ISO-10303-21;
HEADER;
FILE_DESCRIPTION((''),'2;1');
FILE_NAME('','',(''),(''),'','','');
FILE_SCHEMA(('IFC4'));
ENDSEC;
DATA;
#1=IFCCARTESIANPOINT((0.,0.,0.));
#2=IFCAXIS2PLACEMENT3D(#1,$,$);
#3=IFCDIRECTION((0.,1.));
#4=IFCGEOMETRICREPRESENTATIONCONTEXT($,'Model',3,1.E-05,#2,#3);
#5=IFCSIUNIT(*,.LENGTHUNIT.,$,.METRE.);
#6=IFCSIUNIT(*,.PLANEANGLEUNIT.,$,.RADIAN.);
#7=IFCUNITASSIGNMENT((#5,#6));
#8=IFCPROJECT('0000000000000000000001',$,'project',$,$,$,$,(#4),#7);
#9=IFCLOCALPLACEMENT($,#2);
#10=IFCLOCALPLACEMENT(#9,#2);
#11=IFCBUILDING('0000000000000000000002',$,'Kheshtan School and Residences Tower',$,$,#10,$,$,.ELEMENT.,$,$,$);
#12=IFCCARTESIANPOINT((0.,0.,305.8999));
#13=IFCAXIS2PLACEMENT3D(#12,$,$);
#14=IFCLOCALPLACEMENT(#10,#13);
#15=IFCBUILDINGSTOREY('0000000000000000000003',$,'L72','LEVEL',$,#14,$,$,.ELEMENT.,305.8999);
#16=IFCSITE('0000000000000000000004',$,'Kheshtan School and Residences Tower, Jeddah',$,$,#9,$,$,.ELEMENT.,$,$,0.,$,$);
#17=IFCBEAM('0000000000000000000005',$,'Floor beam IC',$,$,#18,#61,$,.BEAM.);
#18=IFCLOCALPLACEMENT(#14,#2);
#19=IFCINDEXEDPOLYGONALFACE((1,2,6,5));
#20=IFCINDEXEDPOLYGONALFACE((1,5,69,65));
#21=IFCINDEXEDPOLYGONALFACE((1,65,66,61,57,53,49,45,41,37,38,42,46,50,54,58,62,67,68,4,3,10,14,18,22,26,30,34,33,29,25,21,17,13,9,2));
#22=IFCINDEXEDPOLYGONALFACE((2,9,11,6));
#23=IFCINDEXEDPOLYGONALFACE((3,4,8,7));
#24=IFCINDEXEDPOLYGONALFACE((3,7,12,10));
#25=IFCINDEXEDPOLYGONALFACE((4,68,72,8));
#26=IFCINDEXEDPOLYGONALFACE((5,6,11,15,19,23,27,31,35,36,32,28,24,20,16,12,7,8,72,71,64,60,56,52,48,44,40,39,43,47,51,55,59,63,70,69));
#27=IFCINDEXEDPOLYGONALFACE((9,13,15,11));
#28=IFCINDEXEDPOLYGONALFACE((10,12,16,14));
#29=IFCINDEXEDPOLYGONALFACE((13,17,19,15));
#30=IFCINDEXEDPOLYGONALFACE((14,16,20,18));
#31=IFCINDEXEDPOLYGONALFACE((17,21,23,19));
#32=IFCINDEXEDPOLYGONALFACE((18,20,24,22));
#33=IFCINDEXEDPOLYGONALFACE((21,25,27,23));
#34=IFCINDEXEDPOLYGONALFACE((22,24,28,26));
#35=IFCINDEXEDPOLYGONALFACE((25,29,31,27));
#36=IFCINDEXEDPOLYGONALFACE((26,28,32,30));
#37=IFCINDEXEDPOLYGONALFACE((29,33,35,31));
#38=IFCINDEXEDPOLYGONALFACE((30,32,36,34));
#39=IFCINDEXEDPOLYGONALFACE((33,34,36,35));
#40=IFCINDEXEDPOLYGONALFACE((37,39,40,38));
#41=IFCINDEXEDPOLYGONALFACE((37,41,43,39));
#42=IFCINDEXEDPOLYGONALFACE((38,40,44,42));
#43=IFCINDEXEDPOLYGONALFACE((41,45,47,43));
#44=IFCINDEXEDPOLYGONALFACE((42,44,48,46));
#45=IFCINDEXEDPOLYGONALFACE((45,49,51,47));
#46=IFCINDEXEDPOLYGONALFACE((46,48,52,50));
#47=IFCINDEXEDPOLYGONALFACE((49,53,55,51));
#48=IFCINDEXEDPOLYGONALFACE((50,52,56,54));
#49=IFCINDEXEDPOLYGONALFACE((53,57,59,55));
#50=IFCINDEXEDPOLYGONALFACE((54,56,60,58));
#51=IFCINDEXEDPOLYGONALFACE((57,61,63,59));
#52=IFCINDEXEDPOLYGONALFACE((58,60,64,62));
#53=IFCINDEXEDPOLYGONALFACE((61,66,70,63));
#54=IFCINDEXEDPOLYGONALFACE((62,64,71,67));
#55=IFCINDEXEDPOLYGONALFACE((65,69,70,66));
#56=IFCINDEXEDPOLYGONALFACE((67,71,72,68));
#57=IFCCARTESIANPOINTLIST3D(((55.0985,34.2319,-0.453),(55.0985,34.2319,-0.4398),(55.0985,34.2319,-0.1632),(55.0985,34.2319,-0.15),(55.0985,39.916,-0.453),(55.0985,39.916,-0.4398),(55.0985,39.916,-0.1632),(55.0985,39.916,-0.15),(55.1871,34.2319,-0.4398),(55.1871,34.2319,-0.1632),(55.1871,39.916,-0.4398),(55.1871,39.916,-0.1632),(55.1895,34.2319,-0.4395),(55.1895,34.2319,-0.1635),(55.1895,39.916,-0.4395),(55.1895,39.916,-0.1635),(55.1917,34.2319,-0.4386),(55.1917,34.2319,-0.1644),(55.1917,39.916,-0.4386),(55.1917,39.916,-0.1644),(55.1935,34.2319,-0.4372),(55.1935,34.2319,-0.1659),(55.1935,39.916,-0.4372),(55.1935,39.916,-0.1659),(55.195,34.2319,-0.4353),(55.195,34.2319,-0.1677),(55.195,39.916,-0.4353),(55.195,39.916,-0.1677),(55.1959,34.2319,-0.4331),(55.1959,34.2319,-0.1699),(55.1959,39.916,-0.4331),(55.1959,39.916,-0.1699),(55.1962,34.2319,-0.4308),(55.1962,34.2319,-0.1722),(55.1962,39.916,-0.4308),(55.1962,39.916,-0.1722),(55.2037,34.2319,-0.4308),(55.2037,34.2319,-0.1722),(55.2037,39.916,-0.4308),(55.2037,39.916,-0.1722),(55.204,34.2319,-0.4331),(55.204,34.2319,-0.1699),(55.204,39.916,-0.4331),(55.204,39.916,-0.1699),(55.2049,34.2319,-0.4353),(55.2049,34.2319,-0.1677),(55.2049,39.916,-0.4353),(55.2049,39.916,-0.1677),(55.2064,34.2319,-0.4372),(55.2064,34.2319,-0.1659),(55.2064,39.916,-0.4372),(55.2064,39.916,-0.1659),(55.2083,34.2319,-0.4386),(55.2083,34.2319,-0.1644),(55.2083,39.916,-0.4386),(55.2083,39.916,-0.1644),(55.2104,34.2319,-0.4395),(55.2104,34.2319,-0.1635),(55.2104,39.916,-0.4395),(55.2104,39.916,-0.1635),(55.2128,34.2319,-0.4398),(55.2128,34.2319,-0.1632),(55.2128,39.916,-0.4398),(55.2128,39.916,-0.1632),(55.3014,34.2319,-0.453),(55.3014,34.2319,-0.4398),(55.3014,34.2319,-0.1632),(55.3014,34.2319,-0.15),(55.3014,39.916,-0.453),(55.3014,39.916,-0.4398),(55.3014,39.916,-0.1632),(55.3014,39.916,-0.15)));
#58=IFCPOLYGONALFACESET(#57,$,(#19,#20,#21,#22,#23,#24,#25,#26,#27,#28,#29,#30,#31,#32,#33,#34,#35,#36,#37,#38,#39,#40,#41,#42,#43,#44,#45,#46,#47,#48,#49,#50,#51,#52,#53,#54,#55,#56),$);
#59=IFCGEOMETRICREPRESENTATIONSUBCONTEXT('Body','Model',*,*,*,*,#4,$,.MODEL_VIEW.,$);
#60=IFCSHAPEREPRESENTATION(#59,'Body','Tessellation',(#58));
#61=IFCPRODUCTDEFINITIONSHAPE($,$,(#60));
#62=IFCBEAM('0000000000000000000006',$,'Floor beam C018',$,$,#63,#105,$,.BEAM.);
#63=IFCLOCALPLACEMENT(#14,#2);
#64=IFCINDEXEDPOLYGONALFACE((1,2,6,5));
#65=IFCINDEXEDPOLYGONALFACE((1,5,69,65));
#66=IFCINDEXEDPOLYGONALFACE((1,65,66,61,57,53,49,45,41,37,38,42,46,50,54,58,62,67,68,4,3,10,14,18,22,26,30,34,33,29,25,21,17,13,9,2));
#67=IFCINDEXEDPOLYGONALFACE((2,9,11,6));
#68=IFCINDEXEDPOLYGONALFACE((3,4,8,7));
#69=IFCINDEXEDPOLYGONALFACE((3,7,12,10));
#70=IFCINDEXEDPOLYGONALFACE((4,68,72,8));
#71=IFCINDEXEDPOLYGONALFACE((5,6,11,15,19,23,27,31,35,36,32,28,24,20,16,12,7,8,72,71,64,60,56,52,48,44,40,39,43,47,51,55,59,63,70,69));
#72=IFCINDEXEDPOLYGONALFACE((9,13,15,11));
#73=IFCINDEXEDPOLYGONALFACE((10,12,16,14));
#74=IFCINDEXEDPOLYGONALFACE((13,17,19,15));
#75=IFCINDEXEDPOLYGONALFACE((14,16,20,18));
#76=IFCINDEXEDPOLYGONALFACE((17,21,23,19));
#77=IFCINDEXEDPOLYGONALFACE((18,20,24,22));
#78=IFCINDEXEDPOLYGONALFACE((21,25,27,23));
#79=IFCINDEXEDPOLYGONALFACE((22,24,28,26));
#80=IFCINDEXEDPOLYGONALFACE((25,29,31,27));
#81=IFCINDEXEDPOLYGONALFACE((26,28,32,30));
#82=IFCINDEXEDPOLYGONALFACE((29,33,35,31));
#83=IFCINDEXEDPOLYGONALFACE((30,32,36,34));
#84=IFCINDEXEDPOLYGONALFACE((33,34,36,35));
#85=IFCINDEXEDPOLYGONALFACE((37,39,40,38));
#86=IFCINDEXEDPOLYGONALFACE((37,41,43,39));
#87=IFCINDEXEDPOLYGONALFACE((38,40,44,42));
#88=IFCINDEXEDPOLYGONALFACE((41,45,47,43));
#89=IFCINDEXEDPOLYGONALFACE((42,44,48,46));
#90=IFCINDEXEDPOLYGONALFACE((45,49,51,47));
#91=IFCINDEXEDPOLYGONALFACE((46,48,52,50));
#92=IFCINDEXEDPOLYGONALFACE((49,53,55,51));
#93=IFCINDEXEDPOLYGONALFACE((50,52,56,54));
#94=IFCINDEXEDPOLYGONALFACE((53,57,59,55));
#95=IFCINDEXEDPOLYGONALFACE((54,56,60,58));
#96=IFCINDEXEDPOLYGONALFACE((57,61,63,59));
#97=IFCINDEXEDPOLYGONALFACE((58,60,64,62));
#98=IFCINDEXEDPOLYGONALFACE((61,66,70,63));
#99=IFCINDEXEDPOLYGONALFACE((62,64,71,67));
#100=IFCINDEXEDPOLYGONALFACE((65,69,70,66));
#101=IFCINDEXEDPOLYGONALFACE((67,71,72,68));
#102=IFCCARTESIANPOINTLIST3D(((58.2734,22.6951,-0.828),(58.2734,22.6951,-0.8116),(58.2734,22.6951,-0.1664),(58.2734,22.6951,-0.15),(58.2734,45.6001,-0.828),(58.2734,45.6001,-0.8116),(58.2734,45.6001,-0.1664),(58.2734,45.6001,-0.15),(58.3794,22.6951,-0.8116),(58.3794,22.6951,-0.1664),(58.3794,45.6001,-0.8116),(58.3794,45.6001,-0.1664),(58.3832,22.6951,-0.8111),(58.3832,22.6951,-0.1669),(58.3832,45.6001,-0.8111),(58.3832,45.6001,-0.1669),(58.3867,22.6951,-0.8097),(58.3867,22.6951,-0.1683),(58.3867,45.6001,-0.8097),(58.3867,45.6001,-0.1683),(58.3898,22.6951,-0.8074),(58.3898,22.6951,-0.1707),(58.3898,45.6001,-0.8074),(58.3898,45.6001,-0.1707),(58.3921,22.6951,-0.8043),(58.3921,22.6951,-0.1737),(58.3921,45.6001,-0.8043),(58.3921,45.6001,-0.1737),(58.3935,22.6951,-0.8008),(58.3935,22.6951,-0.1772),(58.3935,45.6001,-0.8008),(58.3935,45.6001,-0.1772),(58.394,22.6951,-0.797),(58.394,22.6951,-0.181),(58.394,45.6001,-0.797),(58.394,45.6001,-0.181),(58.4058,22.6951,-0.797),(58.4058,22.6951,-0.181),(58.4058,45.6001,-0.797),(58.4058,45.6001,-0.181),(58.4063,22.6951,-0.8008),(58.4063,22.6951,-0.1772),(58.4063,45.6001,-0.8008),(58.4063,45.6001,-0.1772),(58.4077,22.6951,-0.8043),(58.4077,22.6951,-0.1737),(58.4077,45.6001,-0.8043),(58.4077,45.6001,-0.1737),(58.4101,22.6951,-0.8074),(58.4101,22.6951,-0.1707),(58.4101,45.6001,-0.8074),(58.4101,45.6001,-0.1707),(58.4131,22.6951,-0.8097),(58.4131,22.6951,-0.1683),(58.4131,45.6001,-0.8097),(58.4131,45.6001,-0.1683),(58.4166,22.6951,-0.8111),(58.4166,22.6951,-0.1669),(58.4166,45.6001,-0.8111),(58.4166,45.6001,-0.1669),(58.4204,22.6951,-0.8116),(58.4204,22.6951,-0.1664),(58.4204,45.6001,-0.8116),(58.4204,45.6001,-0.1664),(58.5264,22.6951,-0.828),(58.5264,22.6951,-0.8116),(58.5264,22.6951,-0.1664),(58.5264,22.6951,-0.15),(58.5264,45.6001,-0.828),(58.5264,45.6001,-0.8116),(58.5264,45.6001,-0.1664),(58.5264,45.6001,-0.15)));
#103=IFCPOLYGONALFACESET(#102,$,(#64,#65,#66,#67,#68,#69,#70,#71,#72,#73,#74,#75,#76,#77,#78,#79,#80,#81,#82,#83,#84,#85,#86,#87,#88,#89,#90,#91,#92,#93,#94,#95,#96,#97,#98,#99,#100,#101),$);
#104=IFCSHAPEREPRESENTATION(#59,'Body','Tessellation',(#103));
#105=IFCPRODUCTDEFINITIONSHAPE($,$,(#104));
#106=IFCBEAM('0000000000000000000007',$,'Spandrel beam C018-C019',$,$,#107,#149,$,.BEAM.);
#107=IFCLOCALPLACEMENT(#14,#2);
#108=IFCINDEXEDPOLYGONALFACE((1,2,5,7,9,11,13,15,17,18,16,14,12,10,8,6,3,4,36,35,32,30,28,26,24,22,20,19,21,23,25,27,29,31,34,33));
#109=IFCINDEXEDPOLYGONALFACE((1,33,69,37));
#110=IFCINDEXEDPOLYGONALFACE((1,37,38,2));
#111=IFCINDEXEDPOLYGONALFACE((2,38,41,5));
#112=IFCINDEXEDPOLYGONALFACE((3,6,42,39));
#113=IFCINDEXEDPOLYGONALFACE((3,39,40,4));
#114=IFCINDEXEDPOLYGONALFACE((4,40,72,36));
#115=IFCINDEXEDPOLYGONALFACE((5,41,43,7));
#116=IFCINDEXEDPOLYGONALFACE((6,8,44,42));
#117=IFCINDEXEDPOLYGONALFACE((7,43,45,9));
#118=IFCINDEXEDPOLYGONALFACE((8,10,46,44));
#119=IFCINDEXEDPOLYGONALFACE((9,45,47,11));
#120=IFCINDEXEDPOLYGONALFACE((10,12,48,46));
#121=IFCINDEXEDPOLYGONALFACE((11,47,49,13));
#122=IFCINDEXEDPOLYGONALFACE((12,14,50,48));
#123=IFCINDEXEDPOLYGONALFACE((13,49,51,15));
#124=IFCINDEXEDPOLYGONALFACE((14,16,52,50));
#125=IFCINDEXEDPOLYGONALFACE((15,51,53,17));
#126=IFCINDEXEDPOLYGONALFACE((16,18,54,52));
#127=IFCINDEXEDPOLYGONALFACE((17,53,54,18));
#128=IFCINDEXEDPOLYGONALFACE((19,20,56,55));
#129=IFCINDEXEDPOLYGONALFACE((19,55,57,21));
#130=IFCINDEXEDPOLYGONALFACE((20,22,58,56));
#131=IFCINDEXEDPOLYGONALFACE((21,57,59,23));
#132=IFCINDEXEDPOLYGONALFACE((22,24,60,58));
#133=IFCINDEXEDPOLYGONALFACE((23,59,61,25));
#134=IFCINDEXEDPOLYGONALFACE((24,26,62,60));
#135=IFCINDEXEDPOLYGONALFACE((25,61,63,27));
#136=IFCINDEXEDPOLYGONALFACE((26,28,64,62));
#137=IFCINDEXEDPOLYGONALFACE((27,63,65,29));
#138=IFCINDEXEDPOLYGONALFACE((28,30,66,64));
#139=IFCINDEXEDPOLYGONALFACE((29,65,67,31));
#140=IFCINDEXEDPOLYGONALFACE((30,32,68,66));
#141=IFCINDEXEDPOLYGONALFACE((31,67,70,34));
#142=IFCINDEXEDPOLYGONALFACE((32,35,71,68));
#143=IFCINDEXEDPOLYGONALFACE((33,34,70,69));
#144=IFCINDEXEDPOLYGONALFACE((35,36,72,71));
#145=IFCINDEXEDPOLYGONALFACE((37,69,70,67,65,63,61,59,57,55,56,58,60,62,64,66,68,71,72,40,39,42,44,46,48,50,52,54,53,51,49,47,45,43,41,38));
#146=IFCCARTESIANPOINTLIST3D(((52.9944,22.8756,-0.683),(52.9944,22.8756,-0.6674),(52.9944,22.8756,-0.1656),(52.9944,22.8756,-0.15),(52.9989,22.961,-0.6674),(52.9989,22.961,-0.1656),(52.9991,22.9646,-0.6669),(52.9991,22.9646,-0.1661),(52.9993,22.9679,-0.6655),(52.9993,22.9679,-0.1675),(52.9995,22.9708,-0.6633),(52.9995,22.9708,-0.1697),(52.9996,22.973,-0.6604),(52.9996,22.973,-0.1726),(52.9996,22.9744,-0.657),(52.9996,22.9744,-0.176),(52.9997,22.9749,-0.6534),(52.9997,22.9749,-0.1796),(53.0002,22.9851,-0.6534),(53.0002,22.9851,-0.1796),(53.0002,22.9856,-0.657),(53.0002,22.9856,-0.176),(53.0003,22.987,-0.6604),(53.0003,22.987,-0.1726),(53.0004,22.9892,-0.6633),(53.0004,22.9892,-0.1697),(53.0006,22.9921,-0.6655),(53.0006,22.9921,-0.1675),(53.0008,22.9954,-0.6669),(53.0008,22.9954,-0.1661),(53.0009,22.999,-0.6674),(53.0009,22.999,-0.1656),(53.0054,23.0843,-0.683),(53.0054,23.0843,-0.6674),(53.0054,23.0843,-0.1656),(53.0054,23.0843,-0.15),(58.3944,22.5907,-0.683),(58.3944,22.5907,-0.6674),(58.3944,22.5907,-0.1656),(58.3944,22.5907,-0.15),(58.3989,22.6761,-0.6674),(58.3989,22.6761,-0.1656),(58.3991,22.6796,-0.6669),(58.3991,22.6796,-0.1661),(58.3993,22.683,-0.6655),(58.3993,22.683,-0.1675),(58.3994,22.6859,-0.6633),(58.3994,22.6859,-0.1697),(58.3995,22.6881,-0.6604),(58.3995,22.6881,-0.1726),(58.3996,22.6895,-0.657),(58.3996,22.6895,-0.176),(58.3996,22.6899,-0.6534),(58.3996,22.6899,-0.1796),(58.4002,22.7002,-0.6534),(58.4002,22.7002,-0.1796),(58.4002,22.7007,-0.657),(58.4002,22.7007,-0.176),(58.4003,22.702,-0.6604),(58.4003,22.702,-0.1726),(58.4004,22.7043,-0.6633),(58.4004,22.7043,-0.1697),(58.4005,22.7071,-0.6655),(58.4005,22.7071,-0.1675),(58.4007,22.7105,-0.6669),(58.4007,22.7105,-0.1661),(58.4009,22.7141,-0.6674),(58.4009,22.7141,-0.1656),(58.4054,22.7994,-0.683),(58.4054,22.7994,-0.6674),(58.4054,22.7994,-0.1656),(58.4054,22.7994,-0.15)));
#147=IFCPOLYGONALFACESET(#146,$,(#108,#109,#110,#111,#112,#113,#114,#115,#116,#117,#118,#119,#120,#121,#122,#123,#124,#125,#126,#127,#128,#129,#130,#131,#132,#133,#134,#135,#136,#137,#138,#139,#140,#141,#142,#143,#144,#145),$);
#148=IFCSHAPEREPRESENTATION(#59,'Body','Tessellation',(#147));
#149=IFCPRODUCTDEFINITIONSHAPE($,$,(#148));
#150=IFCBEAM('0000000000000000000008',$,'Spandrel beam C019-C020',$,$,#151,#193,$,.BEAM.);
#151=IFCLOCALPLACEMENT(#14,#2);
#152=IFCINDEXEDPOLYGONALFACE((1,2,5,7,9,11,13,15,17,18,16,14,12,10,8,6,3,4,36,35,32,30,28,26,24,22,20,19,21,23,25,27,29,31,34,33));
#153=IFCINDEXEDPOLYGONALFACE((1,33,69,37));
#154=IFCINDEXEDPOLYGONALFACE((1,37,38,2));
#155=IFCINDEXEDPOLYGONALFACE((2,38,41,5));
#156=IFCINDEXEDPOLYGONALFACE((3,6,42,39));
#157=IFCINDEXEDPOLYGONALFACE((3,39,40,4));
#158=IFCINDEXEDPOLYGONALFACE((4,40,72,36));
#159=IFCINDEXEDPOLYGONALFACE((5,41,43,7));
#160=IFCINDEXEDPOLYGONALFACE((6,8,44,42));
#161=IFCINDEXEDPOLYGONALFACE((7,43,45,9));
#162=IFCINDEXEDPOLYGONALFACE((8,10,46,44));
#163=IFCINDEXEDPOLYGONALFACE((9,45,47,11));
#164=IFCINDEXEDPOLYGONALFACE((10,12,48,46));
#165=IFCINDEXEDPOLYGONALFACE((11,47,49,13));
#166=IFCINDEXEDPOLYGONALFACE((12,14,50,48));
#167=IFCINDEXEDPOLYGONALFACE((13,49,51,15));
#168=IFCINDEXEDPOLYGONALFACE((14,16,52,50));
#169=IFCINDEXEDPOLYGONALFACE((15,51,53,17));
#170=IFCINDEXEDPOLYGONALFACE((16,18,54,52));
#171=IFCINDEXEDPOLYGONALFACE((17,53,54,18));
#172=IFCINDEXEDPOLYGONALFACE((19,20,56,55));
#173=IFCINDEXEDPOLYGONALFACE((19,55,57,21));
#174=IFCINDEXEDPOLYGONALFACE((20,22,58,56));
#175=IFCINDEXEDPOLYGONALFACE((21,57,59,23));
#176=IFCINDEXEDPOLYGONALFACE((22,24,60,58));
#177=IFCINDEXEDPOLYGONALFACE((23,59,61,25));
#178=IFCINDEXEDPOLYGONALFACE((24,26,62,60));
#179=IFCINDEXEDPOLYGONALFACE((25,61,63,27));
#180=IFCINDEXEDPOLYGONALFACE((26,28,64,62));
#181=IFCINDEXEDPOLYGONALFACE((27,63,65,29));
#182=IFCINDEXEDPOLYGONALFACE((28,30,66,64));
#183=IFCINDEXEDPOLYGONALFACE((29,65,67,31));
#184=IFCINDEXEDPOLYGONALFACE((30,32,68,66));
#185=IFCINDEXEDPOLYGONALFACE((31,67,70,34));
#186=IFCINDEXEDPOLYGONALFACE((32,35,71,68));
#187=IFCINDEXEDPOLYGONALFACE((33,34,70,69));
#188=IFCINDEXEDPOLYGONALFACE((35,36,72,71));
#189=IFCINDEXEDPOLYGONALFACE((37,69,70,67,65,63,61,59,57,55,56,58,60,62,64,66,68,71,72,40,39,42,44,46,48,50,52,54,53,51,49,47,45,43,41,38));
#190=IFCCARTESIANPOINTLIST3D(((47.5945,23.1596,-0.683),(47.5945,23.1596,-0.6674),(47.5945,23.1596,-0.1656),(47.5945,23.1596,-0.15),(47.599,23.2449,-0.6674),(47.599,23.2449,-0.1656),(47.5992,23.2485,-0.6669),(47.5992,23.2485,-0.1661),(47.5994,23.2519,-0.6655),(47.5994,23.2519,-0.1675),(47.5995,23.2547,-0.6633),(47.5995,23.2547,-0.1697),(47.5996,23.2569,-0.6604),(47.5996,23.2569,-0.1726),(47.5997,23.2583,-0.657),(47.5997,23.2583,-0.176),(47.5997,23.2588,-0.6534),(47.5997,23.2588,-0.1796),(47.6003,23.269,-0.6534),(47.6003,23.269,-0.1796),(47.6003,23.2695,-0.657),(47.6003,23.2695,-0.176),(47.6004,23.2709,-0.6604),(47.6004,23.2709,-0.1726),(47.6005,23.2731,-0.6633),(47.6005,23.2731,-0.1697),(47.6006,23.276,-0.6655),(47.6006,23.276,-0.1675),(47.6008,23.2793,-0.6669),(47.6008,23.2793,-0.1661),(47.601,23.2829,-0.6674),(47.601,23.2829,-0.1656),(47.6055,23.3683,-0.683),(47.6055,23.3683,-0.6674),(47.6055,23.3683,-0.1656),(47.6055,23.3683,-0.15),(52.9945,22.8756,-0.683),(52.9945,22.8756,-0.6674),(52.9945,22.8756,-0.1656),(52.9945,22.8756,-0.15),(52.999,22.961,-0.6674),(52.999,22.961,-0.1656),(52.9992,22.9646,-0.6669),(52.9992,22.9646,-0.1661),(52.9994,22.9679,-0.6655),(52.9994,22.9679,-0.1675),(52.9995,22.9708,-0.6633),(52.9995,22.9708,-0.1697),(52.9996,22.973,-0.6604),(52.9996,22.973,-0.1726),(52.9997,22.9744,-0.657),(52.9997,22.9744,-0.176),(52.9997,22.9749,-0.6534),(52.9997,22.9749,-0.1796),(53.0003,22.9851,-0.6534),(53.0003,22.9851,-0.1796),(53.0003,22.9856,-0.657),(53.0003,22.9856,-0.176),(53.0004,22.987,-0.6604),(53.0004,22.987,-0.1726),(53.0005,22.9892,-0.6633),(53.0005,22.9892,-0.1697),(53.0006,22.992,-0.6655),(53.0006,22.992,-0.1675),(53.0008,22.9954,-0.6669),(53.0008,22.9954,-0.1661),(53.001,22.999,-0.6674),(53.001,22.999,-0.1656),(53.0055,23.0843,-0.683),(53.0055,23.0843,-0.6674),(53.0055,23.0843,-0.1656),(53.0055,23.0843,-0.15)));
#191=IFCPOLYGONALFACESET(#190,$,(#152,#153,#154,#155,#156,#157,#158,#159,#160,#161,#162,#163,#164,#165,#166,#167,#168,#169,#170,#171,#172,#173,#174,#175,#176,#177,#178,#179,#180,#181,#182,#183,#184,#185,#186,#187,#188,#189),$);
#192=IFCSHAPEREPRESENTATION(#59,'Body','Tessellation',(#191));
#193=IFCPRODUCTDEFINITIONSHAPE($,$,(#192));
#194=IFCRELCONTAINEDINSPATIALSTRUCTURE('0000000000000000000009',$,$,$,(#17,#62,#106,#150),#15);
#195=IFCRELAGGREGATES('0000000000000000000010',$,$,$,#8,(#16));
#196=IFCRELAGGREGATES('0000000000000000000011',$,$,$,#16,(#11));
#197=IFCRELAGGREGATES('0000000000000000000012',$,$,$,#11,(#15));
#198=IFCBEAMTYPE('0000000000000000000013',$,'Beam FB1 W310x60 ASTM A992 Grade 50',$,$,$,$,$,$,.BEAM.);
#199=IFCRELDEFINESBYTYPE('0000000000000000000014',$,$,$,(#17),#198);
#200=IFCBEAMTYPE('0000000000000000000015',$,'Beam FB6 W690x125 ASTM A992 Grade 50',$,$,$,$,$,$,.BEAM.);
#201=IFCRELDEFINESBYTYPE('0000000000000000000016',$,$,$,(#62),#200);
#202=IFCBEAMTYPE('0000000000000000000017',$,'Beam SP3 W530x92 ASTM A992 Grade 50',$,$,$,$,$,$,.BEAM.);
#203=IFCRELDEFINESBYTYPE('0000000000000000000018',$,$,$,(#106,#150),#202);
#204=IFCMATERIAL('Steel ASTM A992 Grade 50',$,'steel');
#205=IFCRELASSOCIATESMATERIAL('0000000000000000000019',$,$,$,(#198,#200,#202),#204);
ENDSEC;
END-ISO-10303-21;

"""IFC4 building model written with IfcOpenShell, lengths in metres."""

from ifc_helpers import new_model, si_unit, direction, frame, origin, origin_2d, place, context, subcontext, project, spatial, i_section, extrude, material, material_profile, profile_set, type_object, element, save


model = new_model("IFC4")

# Units and contexts
model_context = context("Model", 3, precision=1e-05, world=origin(), true_north=direction((0.0, 1.0)))
body_context = subcontext(model_context, "Body", "Model", "MODEL_VIEW")
ifc_project = project(units=[si_unit("LENGTHUNIT", "METRE"), si_unit("PLANEANGLEUNIT", "RADIAN")], contexts=[model_context])

# Site, building, storey
site_placement = place(None, origin())
site = spatial("IfcSite", under=ifc_project, at=site_placement, Name="Kheshtan School and Residences Tower, Jeddah", CompositionType="ELEMENT", RefElevation=0.0)
building_placement = place(site_placement, origin())
building = spatial("IfcBuilding", under=site, at=building_placement, Name="Kheshtan School and Residences Tower", CompositionType="ELEMENT")
storey_placement = place(building_placement, frame((0.0, 0.0, 305.8999)))
storey = spatial("IfcBuildingStorey", under=building, at=storey_placement, Name="L72", Description="LEVEL", CompositionType="ELEMENT", Elevation=305.8999)

# Shared definitions
ifc_material_1 = material(Name="Steel ASTM A992 Grade 50", Category="steel")

# Beams
ifc_material_profile_1 = material_profile(ifc_material_1, i_section(OverallWidth=0.2029, OverallDepth=0.303, WebThickness=0.0076, FlangeThickness=0.0132, FilletRadius=0.009, at=origin_2d()), Name="W310x60")
ifc_profile_set_1 = profile_set([ifc_material_profile_1], Name="Steel ASTM A992 Grade 50")
beam_type_1 = type_object("IfcBeamType", Name="Beam FB1 W310x60 ASTM A992 Grade 50", PredefinedType="BEAM", material=ifc_profile_set_1)
beam_1_placement = place(storey_placement, frame((55.2, 34.2319, -0.3015), z_axis=(0.0, 1.0, 0.0), x_axis=(-1.0, 0.0, 0.0)))
element("IfcBeam", 1, at=beam_1_placement, inside=storey, type_object=beam_type_1, Name="Floor beam IC", PredefinedType="BEAM", context=body_context, shape_type="SweptSolid", body=[
    extrude(i_section(OverallWidth=0.2029, OverallDepth=0.303, WebThickness=0.0076, FlangeThickness=0.0132, FilletRadius=0.009, at=origin_2d()), origin(), (0.0, 0.0, 1.0), 5.6841),
])
ifc_material_profile_2 = material_profile(ifc_material_1, i_section(OverallWidth=0.2529, OverallDepth=0.678, WebThickness=0.0117, FlangeThickness=0.0164, FilletRadius=0.0146, at=origin_2d()), Name="W690x125")
ifc_profile_set_2 = profile_set([ifc_material_profile_2], Name="Steel ASTM A992 Grade 50")
beam_type_2 = type_object("IfcBeamType", Name="Beam FB6 W690x125 ASTM A992 Grade 50", PredefinedType="BEAM", material=ifc_profile_set_2)
beam_2_placement = place(storey_placement, frame((58.3999, 22.6951, -0.489), z_axis=(0.0, 1.0, 0.0), x_axis=(-1.0, 0.0, 0.0)))
element("IfcBeam", 2, at=beam_2_placement, inside=storey, type_object=beam_type_2, Name="Floor beam C018", PredefinedType="BEAM", context=body_context, shape_type="SweptSolid", body=[
    extrude(i_section(OverallWidth=0.2529, OverallDepth=0.678, WebThickness=0.0117, FlangeThickness=0.0164, FilletRadius=0.0146, at=origin_2d()), origin(), (0.0, 0.0, 1.0), 22.905),
])
ifc_material_profile_3 = material_profile(ifc_material_1, i_section(OverallWidth=0.209, OverallDepth=0.533, WebThickness=0.0103, FlangeThickness=0.0156, FilletRadius=0.0139, at=origin_2d()), Name="W530x92")
ifc_profile_set_3 = profile_set([ifc_material_profile_3], Name="Steel ASTM A992 Grade 50")
beam_type_3 = type_object("IfcBeamType", Name="Beam SP3 W530x92 ASTM A992 Grade 50", PredefinedType="BEAM", material=ifc_profile_set_3)
for number, where, z_axis, x_axis, name in (
    (3, (58.3999, 22.6951, -0.4165), (-0.998611, 0.052689, 0.0), (-0.052689, -0.998611, 0.0), "Spandrel beam C018-C019"),
    (4, (53.0, 22.98, -0.4165), (-0.99862, 0.052509, 0.0), (-0.052509, -0.99862, 0.0), "Spandrel beam C019-C020"),
):
    element("IfcBeam", number, at=place(storey_placement, frame(where, z_axis=z_axis, x_axis=x_axis)), inside=storey, type_object=beam_type_3, Name=name, PredefinedType="BEAM", context=body_context, shape_type="SweptSolid", body=[
        extrude(i_section(OverallWidth=0.209, OverallDepth=0.533, WebThickness=0.0103, FlangeThickness=0.0156, FilletRadius=0.0139, at=origin_2d()), origin(), (0.0, 0.0, 1.0), 5.4075),
    ])

save(model, "model.ifc")
